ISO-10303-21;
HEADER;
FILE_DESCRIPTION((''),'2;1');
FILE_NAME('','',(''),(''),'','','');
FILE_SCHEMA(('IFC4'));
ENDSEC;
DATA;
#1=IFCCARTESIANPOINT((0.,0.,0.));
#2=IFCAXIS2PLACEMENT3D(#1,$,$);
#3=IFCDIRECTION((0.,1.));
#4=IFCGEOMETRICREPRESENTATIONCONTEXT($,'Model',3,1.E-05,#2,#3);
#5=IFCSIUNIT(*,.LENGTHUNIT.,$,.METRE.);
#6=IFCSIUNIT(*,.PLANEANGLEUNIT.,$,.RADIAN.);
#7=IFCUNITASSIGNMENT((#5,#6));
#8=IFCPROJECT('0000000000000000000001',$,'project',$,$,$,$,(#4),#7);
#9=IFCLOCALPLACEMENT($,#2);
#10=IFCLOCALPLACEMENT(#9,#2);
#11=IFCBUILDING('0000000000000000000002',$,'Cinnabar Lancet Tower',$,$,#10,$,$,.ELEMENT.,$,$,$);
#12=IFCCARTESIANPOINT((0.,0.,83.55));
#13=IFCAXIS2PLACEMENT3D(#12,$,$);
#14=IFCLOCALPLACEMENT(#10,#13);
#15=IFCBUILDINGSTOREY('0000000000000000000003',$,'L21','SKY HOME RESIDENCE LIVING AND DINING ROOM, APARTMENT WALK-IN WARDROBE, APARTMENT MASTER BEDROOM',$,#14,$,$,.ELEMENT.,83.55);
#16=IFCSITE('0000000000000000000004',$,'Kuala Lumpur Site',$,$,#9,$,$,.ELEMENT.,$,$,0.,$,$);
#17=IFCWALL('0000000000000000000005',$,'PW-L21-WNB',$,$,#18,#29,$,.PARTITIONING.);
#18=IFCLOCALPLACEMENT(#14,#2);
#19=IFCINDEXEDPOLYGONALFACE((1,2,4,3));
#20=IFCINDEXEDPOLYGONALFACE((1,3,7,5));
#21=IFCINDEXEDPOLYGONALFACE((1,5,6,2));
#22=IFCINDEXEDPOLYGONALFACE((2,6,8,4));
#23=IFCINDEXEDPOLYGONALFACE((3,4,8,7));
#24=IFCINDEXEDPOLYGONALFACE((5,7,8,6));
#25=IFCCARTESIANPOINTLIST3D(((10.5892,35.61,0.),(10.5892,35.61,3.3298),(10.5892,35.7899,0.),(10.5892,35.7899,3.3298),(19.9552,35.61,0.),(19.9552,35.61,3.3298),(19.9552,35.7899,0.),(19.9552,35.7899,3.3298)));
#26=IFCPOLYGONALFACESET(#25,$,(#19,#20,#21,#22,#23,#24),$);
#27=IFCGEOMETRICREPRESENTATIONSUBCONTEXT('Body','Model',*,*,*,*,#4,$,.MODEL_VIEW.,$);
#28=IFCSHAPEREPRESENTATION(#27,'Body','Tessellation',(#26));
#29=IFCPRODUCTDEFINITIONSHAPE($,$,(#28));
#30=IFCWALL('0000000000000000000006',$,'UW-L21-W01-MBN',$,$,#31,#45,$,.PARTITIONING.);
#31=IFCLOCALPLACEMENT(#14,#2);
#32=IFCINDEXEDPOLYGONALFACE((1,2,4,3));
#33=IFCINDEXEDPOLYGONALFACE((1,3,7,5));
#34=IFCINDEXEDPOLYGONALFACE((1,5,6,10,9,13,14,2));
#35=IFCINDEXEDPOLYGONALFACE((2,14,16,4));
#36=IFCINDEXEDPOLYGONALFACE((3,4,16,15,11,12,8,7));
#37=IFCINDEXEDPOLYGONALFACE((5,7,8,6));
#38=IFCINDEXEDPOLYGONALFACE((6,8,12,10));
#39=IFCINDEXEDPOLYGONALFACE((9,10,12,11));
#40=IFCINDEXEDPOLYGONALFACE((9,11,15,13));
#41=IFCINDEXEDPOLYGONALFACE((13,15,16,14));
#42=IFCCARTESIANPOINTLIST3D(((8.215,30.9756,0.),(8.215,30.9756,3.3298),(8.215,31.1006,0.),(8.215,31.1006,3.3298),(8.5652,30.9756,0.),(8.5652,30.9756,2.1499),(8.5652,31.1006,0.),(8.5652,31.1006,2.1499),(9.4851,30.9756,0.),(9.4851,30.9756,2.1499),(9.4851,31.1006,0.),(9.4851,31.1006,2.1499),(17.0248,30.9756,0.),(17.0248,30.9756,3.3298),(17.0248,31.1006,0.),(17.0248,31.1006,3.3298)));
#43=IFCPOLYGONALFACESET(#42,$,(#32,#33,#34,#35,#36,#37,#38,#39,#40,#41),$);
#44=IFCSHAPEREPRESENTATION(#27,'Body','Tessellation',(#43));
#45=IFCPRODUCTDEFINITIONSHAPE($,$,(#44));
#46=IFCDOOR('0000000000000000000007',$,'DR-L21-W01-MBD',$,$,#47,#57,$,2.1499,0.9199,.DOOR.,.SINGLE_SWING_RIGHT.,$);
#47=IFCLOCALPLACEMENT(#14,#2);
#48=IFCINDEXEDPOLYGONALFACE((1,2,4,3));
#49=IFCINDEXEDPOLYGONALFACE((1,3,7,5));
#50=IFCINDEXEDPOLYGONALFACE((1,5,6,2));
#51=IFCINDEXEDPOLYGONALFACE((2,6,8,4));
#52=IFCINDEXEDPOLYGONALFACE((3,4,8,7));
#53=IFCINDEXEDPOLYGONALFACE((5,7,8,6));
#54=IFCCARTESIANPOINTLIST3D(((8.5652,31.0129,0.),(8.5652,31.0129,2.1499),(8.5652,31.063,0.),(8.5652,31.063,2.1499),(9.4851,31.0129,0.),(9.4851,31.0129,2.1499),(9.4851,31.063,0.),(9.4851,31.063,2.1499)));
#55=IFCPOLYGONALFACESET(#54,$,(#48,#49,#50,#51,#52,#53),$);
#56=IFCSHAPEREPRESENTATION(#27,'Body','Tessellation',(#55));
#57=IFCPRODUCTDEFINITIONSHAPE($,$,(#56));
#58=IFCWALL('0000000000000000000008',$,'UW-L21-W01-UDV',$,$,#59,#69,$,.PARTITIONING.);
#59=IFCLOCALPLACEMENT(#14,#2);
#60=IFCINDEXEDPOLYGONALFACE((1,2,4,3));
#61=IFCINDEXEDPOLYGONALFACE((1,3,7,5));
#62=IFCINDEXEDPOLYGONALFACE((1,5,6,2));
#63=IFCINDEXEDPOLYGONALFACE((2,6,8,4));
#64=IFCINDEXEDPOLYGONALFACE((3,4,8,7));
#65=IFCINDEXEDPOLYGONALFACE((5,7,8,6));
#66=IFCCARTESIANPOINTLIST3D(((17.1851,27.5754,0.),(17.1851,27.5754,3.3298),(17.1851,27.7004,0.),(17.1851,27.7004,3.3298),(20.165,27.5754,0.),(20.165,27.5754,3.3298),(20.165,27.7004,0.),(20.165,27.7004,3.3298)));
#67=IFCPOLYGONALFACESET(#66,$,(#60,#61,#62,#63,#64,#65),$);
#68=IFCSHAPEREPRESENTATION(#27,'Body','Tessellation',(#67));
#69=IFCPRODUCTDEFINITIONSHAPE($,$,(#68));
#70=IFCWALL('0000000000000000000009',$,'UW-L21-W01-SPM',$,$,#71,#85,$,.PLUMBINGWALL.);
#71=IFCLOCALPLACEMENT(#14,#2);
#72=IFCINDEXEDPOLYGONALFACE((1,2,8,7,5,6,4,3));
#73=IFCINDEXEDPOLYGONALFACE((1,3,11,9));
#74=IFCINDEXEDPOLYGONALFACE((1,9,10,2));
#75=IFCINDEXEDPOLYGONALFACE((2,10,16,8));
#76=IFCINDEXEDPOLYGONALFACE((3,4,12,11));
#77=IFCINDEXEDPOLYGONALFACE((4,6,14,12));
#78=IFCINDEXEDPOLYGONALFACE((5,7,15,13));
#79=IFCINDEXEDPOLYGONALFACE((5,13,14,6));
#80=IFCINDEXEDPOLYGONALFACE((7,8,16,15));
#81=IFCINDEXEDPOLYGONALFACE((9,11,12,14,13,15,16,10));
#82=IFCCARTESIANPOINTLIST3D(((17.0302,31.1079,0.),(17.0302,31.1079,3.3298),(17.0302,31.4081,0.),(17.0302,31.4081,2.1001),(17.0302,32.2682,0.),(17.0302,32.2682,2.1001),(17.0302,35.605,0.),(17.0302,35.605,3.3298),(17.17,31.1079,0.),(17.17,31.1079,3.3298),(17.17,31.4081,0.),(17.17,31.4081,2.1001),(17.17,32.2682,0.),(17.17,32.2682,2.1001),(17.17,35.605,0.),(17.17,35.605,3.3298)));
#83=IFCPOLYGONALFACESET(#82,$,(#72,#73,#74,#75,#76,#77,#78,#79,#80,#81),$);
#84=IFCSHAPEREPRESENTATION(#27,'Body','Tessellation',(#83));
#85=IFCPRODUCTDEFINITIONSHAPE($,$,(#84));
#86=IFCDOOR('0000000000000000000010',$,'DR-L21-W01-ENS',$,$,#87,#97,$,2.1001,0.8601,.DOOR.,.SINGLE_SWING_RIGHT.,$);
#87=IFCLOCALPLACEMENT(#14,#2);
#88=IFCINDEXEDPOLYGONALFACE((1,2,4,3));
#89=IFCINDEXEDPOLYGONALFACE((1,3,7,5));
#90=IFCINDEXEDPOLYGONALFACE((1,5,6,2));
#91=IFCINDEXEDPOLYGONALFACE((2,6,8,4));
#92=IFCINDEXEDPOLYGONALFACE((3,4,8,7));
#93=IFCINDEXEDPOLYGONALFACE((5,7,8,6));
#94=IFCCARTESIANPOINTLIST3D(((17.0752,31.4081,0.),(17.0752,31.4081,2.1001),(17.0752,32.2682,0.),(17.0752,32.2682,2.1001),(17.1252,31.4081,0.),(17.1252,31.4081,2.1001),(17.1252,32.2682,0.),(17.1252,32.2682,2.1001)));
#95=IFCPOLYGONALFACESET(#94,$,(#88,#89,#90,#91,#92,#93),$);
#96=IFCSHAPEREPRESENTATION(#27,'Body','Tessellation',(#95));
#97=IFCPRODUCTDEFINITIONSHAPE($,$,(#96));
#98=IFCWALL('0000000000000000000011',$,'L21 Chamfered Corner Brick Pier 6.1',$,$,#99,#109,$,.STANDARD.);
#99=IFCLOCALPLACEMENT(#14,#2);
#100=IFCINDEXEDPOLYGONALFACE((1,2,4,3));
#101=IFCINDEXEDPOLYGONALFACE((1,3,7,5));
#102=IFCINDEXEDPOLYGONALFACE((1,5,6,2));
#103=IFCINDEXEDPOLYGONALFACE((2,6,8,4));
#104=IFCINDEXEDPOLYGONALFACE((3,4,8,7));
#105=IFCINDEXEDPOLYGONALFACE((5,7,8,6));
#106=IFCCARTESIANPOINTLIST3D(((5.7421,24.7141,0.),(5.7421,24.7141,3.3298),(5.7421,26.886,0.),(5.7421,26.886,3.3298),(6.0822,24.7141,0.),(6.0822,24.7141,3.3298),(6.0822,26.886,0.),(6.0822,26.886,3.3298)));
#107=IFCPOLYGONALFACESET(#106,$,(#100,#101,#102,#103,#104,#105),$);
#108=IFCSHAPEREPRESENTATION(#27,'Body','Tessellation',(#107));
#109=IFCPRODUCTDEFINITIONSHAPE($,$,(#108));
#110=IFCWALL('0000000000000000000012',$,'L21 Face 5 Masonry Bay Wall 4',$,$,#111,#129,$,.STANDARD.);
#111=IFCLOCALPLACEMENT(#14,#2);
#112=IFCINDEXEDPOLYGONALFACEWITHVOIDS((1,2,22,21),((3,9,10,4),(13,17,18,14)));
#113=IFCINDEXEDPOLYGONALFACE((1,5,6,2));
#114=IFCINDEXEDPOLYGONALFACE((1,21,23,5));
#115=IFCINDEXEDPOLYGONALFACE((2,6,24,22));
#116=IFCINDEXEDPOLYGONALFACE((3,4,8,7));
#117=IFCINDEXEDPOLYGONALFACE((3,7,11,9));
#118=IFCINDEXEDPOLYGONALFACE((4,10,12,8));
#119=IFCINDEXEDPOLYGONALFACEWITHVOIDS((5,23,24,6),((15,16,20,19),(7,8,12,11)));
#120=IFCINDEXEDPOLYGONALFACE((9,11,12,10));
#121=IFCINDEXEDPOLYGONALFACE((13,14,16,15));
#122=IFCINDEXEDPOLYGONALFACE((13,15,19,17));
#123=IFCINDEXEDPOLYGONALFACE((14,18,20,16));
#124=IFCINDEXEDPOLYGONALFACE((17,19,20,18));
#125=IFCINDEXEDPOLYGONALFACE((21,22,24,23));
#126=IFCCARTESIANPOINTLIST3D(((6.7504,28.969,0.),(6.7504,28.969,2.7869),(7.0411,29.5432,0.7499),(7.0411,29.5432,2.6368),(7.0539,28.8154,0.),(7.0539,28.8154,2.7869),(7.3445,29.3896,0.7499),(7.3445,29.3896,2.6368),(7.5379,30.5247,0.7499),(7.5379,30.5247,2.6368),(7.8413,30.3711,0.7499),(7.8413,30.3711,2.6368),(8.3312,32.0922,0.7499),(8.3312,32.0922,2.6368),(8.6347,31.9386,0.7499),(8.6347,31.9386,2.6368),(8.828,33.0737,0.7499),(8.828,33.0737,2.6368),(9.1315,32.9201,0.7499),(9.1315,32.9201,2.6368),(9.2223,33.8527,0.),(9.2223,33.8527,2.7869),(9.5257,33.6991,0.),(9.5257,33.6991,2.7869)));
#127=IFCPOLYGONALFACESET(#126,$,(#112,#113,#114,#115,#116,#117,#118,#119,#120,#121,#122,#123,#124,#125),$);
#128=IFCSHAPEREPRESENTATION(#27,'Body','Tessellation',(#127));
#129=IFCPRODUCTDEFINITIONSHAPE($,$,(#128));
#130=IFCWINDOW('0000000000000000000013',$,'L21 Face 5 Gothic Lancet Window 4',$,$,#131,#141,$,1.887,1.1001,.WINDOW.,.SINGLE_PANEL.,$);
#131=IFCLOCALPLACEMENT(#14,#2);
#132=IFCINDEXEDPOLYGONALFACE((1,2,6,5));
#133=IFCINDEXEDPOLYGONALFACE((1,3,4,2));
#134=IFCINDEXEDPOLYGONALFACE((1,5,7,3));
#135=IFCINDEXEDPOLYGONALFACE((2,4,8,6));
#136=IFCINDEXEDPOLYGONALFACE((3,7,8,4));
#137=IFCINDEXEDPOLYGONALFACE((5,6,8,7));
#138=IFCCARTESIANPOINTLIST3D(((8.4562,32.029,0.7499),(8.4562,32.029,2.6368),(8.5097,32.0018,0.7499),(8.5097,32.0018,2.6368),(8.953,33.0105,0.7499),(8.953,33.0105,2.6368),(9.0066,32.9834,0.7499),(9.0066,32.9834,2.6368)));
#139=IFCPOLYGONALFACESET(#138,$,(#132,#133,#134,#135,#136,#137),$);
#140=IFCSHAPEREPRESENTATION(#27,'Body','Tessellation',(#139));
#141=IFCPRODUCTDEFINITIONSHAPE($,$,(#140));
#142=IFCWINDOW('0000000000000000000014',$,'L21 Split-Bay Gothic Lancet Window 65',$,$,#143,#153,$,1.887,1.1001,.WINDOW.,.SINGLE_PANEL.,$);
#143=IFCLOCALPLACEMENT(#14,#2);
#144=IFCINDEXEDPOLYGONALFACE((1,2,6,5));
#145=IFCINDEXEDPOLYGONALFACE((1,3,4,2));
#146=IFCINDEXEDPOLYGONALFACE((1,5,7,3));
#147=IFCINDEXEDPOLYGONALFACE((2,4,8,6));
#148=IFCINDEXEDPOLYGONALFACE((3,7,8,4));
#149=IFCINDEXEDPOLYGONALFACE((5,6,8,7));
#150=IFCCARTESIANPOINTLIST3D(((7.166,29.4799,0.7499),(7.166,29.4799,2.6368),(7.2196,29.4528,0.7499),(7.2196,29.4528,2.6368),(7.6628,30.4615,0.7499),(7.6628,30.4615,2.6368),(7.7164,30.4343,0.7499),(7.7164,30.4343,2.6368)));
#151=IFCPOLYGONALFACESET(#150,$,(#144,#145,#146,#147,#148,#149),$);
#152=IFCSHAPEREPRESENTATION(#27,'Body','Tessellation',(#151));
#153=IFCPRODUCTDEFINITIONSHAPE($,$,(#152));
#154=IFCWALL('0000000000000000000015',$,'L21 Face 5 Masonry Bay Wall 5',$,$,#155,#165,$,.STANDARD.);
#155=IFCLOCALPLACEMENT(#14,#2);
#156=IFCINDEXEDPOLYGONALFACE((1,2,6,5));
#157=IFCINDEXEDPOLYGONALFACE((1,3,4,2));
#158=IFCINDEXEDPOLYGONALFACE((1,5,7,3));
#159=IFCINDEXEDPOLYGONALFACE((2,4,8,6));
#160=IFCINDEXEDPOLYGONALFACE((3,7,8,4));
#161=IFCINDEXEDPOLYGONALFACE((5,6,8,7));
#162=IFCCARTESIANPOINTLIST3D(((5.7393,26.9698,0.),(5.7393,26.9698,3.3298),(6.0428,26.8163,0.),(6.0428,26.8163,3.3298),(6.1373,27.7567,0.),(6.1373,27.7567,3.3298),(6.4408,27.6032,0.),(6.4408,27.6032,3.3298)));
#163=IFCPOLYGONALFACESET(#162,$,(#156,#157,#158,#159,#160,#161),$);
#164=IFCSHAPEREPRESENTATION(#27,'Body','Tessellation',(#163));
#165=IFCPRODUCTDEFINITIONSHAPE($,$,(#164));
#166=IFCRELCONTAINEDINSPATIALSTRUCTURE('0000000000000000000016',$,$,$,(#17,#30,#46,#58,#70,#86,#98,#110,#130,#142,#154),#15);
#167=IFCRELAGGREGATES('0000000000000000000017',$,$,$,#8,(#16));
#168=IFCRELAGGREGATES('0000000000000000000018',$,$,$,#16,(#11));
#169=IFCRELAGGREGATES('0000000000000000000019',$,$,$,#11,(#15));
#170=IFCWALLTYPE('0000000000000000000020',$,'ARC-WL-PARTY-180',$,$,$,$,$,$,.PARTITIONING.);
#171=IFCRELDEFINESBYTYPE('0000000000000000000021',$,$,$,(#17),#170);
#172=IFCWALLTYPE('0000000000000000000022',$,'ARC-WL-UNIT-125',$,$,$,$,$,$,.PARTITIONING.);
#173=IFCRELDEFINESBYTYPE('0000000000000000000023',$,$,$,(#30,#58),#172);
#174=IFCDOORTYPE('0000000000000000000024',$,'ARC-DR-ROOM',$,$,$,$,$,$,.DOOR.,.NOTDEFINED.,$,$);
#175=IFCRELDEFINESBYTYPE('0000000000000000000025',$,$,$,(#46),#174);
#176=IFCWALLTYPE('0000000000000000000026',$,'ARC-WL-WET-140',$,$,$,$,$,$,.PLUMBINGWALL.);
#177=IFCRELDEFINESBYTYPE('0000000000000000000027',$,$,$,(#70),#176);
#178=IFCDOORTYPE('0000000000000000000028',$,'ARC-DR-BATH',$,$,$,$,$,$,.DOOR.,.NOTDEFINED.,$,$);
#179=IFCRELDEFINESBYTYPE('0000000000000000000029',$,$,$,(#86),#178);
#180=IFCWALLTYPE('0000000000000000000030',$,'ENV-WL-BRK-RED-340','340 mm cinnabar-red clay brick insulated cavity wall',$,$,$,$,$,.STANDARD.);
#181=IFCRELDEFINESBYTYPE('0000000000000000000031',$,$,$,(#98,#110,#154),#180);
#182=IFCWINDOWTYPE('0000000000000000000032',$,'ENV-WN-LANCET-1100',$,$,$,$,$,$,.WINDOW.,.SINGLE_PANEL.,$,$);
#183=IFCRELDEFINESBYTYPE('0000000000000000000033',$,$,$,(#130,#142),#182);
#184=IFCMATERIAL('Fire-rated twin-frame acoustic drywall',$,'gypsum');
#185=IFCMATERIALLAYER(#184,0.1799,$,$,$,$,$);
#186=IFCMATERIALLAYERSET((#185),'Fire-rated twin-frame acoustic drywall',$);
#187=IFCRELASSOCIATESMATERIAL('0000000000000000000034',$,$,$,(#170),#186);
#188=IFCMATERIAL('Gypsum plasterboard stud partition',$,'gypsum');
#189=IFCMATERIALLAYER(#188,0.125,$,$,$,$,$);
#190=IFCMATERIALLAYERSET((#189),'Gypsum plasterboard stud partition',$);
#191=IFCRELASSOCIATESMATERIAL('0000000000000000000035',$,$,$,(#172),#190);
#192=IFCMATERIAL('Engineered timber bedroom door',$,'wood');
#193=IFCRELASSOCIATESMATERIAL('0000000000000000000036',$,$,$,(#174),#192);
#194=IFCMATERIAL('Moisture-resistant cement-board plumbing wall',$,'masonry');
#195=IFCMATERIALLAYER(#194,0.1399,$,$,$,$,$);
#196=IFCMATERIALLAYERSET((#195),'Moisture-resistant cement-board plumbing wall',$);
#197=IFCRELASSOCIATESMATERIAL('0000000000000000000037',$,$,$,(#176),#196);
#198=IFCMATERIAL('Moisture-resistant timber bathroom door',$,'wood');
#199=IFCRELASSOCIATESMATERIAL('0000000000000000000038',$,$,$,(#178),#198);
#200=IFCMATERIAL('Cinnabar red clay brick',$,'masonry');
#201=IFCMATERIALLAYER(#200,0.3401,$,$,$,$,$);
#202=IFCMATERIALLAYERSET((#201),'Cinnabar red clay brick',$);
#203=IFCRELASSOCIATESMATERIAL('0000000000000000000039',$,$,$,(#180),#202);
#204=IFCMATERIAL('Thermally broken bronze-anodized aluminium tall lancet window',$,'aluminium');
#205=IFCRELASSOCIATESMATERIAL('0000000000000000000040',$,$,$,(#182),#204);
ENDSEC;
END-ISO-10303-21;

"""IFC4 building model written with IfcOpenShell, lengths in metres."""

from ifc_helpers import new_model, si_unit, direction, frame, frame_2d, origin, place, context, subcontext, project, spatial, rectangle, extrude, material, layer, layer_set, type_object, element, fill, save


model = new_model("IFC4")

# Units and contexts
model_context = context("Model", 3, precision=1e-05, world=origin(), true_north=direction((0.0, 1.0)))
body_context = subcontext(model_context, "Body", "Model", "MODEL_VIEW")
ifc_project = project(units=[si_unit("LENGTHUNIT", "METRE"), si_unit("PLANEANGLEUNIT", "RADIAN")], contexts=[model_context])

# Site, building, storey
site_placement = place(None, origin())
site = spatial("IfcSite", under=ifc_project, at=site_placement, Name="Kuala Lumpur Site", CompositionType="ELEMENT", RefElevation=0.0)
building_placement = place(site_placement, origin())
building = spatial("IfcBuilding", under=site, at=building_placement, Name="Cinnabar Lancet Tower", CompositionType="ELEMENT")
storey_placement = place(building_placement, frame((0.0, 0.0, 83.55)))
storey = spatial("IfcBuildingStorey", under=building, at=storey_placement, Name="L21", Description="SKY HOME RESIDENCE LIVING AND DINING ROOM, APARTMENT WALK-IN WARDROBE, APARTMENT MASTER BEDROOM", CompositionType="ELEMENT", Elevation=83.55)

# Wall
ifc_material_1 = material(Name="Fire-rated twin-frame acoustic drywall", Category="gypsum")
ifc_layer_1 = layer(ifc_material_1, 0.1799)
ifc_layer_set_1 = layer_set([ifc_layer_1], Name="Fire-rated twin-frame acoustic drywall")
wall_type_1 = type_object("IfcWallType", Name="ARC-WL-PARTY-180", PredefinedType="PARTITIONING", material=ifc_layer_set_1)
wall_1_placement = place(storey_placement, frame((10.5891, 35.7, 0.0), z_axis=(0.0, 0.0, 1.0), x_axis=(1.0, 0.0, 0.0)))
element("IfcWall", 1, at=wall_1_placement, inside=storey, type_object=wall_type_1, Name="PW-L21-WNB", PredefinedType="PARTITIONING", context=body_context, shape_type="SweptSolid", body=[
    extrude(rectangle(XDim=9.366, YDim=0.1799, at=frame_2d((4.6831, 0.0))), origin(), (0.0, 0.0, 1.0), 3.3298),
])

# Wall, opening, door
ifc_material_2 = material(Name="Gypsum plasterboard stud partition", Category="gypsum")
ifc_layer_2 = layer(ifc_material_2, 0.125)
ifc_layer_set_2 = layer_set([ifc_layer_2], Name="Gypsum plasterboard stud partition")
wall_type_2 = type_object("IfcWallType", Name="ARC-WL-UNIT-125", PredefinedType="PARTITIONING", material=ifc_layer_set_2)
wall_2_placement = place(storey_placement, frame((8.2151, 31.0381, 0.0), z_axis=(0.0, 0.0, 1.0), x_axis=(1.0, 0.0, 0.0)))
wall_2 = element("IfcWall", 2, at=wall_2_placement, inside=storey, type_object=wall_type_2, Name="UW-L21-W01-MBN", PredefinedType="PARTITIONING", context=body_context, shape_type="SweptSolid", body=[
    extrude(rectangle(XDim=8.8098, YDim=0.125, at=frame_2d((4.4048, 0.0))), origin(), (0.0, 0.0, 1.0), 3.3298),
])
opening_1_placement = place(wall_2_placement, frame((0.3501, 0.0, 0.0)))
opening_1 = element("IfcOpeningElement", 3, at=opening_1_placement, cuts=wall_2, PredefinedType="OPENING", context=body_context, shape_type="SweptSolid", body=[
    extrude(rectangle(XDim=0.9199, YDim=2.1499, at=frame_2d((0.46, 1.075))), frame((0.0, 0.0725, 0.0), z_axis=(0.0, -1.0, 0.0), x_axis=(1.0, 0.0, 0.0)), (0.0, 0.0, 1.0), 0.145),
])
ifc_material_3 = material(Name="Engineered timber bedroom door", Category="wood")
door_type_1 = type_object("IfcDoorType", Name="ARC-DR-ROOM", OperationType="NOTDEFINED", PredefinedType="DOOR", material=ifc_material_3)
door_1_placement = place(opening_1_placement, origin())
door_1 = element("IfcDoor", 4, at=door_1_placement, inside=storey, type_object=door_type_1, Name="DR-L21-W01-MBD", OperationType="SINGLE_SWING_RIGHT", OverallHeight=2.1499, OverallWidth=0.9199, PredefinedType="DOOR", context=body_context, shape_type="SweptSolid", body=[
    extrude(rectangle(XDim=0.9199, YDim=2.1499, at=frame_2d((0.46, 1.075))), frame((0.0, 0.0249, 0.0), z_axis=(0.0, -1.0, 0.0), x_axis=(1.0, 0.0, 0.0)), (0.0, 0.0, 1.0), 0.05),
])
fill(opening_1, door_1)

# Wall
wall_3_placement = place(storey_placement, frame((17.1851, 27.6379, 0.0), z_axis=(0.0, 0.0, 1.0), x_axis=(1.0, 0.0, 0.0)))
element("IfcWall", 5, at=wall_3_placement, inside=storey, type_object=wall_type_2, Name="UW-L21-W01-UDV", PredefinedType="PARTITIONING", context=body_context, shape_type="SweptSolid", body=[
    extrude(rectangle(XDim=2.98, YDim=0.125, at=frame_2d((1.49, 0.0))), origin(), (0.0, 0.0, 1.0), 3.3298),
])

# Wall, opening, door
ifc_material_4 = material(Name="Moisture-resistant cement-board plumbing wall", Category="masonry")
ifc_layer_3 = layer(ifc_material_4, 0.1399)
ifc_layer_set_3 = layer_set([ifc_layer_3], Name="Moisture-resistant cement-board plumbing wall")
wall_type_3 = type_object("IfcWallType", Name="ARC-WL-WET-140", PredefinedType="PLUMBINGWALL", material=ifc_layer_set_3)
wall_4_placement = place(storey_placement, frame((17.1001, 31.1079, 0.0), z_axis=(0.0, 0.0, 1.0), x_axis=(0.0, 1.0, 0.0)))
wall_4 = element("IfcWall", 6, at=wall_4_placement, inside=storey, type_object=wall_type_3, Name="UW-L21-W01-SPM", PredefinedType="PLUMBINGWALL", context=body_context, shape_type="SweptSolid", body=[
    extrude(rectangle(XDim=4.4971, YDim=0.1399, at=frame_2d((2.2485, 0.0))), origin(), (0.0, 0.0, 1.0), 3.3298),
])
opening_2_placement = place(wall_4_placement, frame((0.3, 0.0, 0.0)))
opening_2 = element("IfcOpeningElement", 7, at=opening_2_placement, cuts=wall_4, PredefinedType="OPENING", context=body_context, shape_type="SweptSolid", body=[
    extrude(rectangle(XDim=0.8601, YDim=2.1001, at=frame_2d((0.4302, 1.05))), frame((0.0, 0.0798, 0.0), z_axis=(0.0, -1.0, 0.0), x_axis=(1.0, 0.0, 0.0)), (0.0, 0.0, 1.0), 0.1599),
])
ifc_material_5 = material(Name="Moisture-resistant timber bathroom door", Category="wood")
door_type_2 = type_object("IfcDoorType", Name="ARC-DR-BATH", OperationType="NOTDEFINED", PredefinedType="DOOR", material=ifc_material_5)
door_2_placement = place(opening_2_placement, origin())
door_2 = element("IfcDoor", 8, at=door_2_placement, inside=storey, type_object=door_type_2, Name="DR-L21-W01-ENS", OperationType="SINGLE_SWING_RIGHT", OverallHeight=2.1001, OverallWidth=0.8601, PredefinedType="DOOR", context=body_context, shape_type="SweptSolid", body=[
    extrude(rectangle(XDim=0.8601, YDim=2.1001, at=frame_2d((0.4302, 1.05))), frame((0.0, 0.0249, 0.0), z_axis=(0.0, -1.0, 0.0), x_axis=(1.0, 0.0, 0.0)), (0.0, 0.0, 1.0), 0.05),
])
fill(opening_2, door_2)

# Wall
ifc_material_6 = material(Name="Cinnabar red clay brick", Category="masonry")
ifc_layer_4 = layer(ifc_material_6, 0.3401)
ifc_layer_set_4 = layer_set([ifc_layer_4], Name="Cinnabar red clay brick")
wall_type_4 = type_object("IfcWallType", Name="ENV-WL-BRK-RED-340", Description="340 mm cinnabar-red clay brick insulated cavity wall", PredefinedType="STANDARD", material=ifc_layer_set_4)
wall_5_placement = place(storey_placement, frame((5.9121, 26.886, 0.0), z_axis=(0.0, 0.0, 1.0), x_axis=(0.0, -1.0, 0.0)))
element("IfcWall", 9, at=wall_5_placement, inside=storey, type_object=wall_type_4, Name="L21 Chamfered Corner Brick Pier 6.1", PredefinedType="STANDARD", context=body_context, shape_type="SweptSolid", body=[
    extrude(rectangle(XDim=2.1719, YDim=0.3401, at=frame_2d((1.0859, 0.0))), origin(), (0.0, 0.0, 1.0), 3.3298),
])

# Wall, openings, windows
wall_6_placement = place(storey_placement, frame((9.374, 33.7759, 0.0), z_axis=(0.0, 0.0, 1.0), x_axis=(-0.451597, -0.892222, 0.0)))
wall_6 = element("IfcWall", 10, at=wall_6_placement, inside=storey, type_object=wall_type_4, Name="L21 Face 5 Masonry Bay Wall 4", PredefinedType="STANDARD", context=body_context, shape_type="SweptSolid", body=[
    extrude(rectangle(XDim=5.4736, YDim=0.3401, at=frame_2d((2.7368, 0.0))), origin(), (0.0, 0.0, 1.0), 2.7869),
])
opening_3_placement = place(wall_6_placement, frame((0.873, 0.0, 0.75)))
opening_3 = element("IfcOpeningElement", 11, at=opening_3_placement, cuts=wall_6, PredefinedType="OPENING", context=body_context, shape_type="SweptSolid", body=[
    extrude(rectangle(XDim=1.1001, YDim=1.887, at=frame_2d((0.55, 0.9434))), frame((0.0, 0.1799, 0.0), z_axis=(0.0, -1.0, 0.0), x_axis=(1.0, 0.0, 0.0)), (0.0, 0.0, 1.0), 0.3601),
])
opening_4_placement = place(wall_6_placement, frame((3.73, 0.0, 0.75)))
opening_4 = element("IfcOpeningElement", 12, at=opening_4_placement, cuts=wall_6, PredefinedType="OPENING", context=body_context, shape_type="SweptSolid", body=[
    extrude(rectangle(XDim=1.1001, YDim=1.887, at=frame_2d((0.55, 0.9434))), frame((0.0, 0.1799, 0.0), z_axis=(0.0, -1.0, 0.0), x_axis=(1.0, 0.0, 0.0)), (0.0, 0.0, 1.0), 0.3601),
])
ifc_material_7 = material(Name="Thermally broken bronze-anodized aluminium tall lancet window", Category="aluminium")
window_type = type_object("IfcWindowType", Name="ENV-WN-LANCET-1100", PartitioningType="SINGLE_PANEL", PredefinedType="WINDOW", material=ifc_material_7)
window_1_placement = place(opening_3_placement, origin())
window_1 = element("IfcWindow", 13, at=window_1_placement, inside=storey, type_object=window_type, Name="L21 Face 5 Gothic Lancet Window 4", OverallHeight=1.887, OverallWidth=1.1001, PartitioningType="SINGLE_PANEL", PredefinedType="WINDOW", context=body_context, shape_type="SweptSolid", body=[
    extrude(rectangle(XDim=1.1001, YDim=1.887, at=frame_2d((0.55, 0.9434))), frame((0.0, 0.03, 0.0), z_axis=(0.0, -1.0, 0.0), x_axis=(1.0, 0.0, 0.0)), (0.0, 0.0, 1.0), 0.0601),
])
fill(opening_3, window_1)
window_2_placement = place(opening_4_placement, origin())
window_2 = element("IfcWindow", 14, at=window_2_placement, inside=storey, type_object=window_type, Name="L21 Split-Bay Gothic Lancet Window 65", OverallHeight=1.887, OverallWidth=1.1001, PartitioningType="SINGLE_PANEL", PredefinedType="WINDOW", context=body_context, shape_type="SweptSolid", body=[
    extrude(rectangle(XDim=1.1001, YDim=1.887, at=frame_2d((0.55, 0.9434))), frame((0.0, 0.03, 0.0), z_axis=(0.0, -1.0, 0.0), x_axis=(1.0, 0.0, 0.0)), (0.0, 0.0, 1.0), 0.0601),
])
fill(opening_4, window_2)

# Wall
wall_7_placement = place(storey_placement, frame((6.2891, 27.6799, 0.0), z_axis=(0.0, 0.0, 1.0), x_axis=(-0.451307, -0.892369, 0.0)))
element("IfcWall", 15, at=wall_7_placement, inside=storey, type_object=wall_type_4, Name="L21 Face 5 Masonry Bay Wall 5", PredefinedType="STANDARD", context=body_context, shape_type="SweptSolid", body=[
    extrude(rectangle(XDim=0.8818, YDim=0.3401, at=frame_2d((0.4409, 0.0))), origin(), (0.0, 0.0, 1.0), 3.3298),
])

save(model, "model.ifc")
